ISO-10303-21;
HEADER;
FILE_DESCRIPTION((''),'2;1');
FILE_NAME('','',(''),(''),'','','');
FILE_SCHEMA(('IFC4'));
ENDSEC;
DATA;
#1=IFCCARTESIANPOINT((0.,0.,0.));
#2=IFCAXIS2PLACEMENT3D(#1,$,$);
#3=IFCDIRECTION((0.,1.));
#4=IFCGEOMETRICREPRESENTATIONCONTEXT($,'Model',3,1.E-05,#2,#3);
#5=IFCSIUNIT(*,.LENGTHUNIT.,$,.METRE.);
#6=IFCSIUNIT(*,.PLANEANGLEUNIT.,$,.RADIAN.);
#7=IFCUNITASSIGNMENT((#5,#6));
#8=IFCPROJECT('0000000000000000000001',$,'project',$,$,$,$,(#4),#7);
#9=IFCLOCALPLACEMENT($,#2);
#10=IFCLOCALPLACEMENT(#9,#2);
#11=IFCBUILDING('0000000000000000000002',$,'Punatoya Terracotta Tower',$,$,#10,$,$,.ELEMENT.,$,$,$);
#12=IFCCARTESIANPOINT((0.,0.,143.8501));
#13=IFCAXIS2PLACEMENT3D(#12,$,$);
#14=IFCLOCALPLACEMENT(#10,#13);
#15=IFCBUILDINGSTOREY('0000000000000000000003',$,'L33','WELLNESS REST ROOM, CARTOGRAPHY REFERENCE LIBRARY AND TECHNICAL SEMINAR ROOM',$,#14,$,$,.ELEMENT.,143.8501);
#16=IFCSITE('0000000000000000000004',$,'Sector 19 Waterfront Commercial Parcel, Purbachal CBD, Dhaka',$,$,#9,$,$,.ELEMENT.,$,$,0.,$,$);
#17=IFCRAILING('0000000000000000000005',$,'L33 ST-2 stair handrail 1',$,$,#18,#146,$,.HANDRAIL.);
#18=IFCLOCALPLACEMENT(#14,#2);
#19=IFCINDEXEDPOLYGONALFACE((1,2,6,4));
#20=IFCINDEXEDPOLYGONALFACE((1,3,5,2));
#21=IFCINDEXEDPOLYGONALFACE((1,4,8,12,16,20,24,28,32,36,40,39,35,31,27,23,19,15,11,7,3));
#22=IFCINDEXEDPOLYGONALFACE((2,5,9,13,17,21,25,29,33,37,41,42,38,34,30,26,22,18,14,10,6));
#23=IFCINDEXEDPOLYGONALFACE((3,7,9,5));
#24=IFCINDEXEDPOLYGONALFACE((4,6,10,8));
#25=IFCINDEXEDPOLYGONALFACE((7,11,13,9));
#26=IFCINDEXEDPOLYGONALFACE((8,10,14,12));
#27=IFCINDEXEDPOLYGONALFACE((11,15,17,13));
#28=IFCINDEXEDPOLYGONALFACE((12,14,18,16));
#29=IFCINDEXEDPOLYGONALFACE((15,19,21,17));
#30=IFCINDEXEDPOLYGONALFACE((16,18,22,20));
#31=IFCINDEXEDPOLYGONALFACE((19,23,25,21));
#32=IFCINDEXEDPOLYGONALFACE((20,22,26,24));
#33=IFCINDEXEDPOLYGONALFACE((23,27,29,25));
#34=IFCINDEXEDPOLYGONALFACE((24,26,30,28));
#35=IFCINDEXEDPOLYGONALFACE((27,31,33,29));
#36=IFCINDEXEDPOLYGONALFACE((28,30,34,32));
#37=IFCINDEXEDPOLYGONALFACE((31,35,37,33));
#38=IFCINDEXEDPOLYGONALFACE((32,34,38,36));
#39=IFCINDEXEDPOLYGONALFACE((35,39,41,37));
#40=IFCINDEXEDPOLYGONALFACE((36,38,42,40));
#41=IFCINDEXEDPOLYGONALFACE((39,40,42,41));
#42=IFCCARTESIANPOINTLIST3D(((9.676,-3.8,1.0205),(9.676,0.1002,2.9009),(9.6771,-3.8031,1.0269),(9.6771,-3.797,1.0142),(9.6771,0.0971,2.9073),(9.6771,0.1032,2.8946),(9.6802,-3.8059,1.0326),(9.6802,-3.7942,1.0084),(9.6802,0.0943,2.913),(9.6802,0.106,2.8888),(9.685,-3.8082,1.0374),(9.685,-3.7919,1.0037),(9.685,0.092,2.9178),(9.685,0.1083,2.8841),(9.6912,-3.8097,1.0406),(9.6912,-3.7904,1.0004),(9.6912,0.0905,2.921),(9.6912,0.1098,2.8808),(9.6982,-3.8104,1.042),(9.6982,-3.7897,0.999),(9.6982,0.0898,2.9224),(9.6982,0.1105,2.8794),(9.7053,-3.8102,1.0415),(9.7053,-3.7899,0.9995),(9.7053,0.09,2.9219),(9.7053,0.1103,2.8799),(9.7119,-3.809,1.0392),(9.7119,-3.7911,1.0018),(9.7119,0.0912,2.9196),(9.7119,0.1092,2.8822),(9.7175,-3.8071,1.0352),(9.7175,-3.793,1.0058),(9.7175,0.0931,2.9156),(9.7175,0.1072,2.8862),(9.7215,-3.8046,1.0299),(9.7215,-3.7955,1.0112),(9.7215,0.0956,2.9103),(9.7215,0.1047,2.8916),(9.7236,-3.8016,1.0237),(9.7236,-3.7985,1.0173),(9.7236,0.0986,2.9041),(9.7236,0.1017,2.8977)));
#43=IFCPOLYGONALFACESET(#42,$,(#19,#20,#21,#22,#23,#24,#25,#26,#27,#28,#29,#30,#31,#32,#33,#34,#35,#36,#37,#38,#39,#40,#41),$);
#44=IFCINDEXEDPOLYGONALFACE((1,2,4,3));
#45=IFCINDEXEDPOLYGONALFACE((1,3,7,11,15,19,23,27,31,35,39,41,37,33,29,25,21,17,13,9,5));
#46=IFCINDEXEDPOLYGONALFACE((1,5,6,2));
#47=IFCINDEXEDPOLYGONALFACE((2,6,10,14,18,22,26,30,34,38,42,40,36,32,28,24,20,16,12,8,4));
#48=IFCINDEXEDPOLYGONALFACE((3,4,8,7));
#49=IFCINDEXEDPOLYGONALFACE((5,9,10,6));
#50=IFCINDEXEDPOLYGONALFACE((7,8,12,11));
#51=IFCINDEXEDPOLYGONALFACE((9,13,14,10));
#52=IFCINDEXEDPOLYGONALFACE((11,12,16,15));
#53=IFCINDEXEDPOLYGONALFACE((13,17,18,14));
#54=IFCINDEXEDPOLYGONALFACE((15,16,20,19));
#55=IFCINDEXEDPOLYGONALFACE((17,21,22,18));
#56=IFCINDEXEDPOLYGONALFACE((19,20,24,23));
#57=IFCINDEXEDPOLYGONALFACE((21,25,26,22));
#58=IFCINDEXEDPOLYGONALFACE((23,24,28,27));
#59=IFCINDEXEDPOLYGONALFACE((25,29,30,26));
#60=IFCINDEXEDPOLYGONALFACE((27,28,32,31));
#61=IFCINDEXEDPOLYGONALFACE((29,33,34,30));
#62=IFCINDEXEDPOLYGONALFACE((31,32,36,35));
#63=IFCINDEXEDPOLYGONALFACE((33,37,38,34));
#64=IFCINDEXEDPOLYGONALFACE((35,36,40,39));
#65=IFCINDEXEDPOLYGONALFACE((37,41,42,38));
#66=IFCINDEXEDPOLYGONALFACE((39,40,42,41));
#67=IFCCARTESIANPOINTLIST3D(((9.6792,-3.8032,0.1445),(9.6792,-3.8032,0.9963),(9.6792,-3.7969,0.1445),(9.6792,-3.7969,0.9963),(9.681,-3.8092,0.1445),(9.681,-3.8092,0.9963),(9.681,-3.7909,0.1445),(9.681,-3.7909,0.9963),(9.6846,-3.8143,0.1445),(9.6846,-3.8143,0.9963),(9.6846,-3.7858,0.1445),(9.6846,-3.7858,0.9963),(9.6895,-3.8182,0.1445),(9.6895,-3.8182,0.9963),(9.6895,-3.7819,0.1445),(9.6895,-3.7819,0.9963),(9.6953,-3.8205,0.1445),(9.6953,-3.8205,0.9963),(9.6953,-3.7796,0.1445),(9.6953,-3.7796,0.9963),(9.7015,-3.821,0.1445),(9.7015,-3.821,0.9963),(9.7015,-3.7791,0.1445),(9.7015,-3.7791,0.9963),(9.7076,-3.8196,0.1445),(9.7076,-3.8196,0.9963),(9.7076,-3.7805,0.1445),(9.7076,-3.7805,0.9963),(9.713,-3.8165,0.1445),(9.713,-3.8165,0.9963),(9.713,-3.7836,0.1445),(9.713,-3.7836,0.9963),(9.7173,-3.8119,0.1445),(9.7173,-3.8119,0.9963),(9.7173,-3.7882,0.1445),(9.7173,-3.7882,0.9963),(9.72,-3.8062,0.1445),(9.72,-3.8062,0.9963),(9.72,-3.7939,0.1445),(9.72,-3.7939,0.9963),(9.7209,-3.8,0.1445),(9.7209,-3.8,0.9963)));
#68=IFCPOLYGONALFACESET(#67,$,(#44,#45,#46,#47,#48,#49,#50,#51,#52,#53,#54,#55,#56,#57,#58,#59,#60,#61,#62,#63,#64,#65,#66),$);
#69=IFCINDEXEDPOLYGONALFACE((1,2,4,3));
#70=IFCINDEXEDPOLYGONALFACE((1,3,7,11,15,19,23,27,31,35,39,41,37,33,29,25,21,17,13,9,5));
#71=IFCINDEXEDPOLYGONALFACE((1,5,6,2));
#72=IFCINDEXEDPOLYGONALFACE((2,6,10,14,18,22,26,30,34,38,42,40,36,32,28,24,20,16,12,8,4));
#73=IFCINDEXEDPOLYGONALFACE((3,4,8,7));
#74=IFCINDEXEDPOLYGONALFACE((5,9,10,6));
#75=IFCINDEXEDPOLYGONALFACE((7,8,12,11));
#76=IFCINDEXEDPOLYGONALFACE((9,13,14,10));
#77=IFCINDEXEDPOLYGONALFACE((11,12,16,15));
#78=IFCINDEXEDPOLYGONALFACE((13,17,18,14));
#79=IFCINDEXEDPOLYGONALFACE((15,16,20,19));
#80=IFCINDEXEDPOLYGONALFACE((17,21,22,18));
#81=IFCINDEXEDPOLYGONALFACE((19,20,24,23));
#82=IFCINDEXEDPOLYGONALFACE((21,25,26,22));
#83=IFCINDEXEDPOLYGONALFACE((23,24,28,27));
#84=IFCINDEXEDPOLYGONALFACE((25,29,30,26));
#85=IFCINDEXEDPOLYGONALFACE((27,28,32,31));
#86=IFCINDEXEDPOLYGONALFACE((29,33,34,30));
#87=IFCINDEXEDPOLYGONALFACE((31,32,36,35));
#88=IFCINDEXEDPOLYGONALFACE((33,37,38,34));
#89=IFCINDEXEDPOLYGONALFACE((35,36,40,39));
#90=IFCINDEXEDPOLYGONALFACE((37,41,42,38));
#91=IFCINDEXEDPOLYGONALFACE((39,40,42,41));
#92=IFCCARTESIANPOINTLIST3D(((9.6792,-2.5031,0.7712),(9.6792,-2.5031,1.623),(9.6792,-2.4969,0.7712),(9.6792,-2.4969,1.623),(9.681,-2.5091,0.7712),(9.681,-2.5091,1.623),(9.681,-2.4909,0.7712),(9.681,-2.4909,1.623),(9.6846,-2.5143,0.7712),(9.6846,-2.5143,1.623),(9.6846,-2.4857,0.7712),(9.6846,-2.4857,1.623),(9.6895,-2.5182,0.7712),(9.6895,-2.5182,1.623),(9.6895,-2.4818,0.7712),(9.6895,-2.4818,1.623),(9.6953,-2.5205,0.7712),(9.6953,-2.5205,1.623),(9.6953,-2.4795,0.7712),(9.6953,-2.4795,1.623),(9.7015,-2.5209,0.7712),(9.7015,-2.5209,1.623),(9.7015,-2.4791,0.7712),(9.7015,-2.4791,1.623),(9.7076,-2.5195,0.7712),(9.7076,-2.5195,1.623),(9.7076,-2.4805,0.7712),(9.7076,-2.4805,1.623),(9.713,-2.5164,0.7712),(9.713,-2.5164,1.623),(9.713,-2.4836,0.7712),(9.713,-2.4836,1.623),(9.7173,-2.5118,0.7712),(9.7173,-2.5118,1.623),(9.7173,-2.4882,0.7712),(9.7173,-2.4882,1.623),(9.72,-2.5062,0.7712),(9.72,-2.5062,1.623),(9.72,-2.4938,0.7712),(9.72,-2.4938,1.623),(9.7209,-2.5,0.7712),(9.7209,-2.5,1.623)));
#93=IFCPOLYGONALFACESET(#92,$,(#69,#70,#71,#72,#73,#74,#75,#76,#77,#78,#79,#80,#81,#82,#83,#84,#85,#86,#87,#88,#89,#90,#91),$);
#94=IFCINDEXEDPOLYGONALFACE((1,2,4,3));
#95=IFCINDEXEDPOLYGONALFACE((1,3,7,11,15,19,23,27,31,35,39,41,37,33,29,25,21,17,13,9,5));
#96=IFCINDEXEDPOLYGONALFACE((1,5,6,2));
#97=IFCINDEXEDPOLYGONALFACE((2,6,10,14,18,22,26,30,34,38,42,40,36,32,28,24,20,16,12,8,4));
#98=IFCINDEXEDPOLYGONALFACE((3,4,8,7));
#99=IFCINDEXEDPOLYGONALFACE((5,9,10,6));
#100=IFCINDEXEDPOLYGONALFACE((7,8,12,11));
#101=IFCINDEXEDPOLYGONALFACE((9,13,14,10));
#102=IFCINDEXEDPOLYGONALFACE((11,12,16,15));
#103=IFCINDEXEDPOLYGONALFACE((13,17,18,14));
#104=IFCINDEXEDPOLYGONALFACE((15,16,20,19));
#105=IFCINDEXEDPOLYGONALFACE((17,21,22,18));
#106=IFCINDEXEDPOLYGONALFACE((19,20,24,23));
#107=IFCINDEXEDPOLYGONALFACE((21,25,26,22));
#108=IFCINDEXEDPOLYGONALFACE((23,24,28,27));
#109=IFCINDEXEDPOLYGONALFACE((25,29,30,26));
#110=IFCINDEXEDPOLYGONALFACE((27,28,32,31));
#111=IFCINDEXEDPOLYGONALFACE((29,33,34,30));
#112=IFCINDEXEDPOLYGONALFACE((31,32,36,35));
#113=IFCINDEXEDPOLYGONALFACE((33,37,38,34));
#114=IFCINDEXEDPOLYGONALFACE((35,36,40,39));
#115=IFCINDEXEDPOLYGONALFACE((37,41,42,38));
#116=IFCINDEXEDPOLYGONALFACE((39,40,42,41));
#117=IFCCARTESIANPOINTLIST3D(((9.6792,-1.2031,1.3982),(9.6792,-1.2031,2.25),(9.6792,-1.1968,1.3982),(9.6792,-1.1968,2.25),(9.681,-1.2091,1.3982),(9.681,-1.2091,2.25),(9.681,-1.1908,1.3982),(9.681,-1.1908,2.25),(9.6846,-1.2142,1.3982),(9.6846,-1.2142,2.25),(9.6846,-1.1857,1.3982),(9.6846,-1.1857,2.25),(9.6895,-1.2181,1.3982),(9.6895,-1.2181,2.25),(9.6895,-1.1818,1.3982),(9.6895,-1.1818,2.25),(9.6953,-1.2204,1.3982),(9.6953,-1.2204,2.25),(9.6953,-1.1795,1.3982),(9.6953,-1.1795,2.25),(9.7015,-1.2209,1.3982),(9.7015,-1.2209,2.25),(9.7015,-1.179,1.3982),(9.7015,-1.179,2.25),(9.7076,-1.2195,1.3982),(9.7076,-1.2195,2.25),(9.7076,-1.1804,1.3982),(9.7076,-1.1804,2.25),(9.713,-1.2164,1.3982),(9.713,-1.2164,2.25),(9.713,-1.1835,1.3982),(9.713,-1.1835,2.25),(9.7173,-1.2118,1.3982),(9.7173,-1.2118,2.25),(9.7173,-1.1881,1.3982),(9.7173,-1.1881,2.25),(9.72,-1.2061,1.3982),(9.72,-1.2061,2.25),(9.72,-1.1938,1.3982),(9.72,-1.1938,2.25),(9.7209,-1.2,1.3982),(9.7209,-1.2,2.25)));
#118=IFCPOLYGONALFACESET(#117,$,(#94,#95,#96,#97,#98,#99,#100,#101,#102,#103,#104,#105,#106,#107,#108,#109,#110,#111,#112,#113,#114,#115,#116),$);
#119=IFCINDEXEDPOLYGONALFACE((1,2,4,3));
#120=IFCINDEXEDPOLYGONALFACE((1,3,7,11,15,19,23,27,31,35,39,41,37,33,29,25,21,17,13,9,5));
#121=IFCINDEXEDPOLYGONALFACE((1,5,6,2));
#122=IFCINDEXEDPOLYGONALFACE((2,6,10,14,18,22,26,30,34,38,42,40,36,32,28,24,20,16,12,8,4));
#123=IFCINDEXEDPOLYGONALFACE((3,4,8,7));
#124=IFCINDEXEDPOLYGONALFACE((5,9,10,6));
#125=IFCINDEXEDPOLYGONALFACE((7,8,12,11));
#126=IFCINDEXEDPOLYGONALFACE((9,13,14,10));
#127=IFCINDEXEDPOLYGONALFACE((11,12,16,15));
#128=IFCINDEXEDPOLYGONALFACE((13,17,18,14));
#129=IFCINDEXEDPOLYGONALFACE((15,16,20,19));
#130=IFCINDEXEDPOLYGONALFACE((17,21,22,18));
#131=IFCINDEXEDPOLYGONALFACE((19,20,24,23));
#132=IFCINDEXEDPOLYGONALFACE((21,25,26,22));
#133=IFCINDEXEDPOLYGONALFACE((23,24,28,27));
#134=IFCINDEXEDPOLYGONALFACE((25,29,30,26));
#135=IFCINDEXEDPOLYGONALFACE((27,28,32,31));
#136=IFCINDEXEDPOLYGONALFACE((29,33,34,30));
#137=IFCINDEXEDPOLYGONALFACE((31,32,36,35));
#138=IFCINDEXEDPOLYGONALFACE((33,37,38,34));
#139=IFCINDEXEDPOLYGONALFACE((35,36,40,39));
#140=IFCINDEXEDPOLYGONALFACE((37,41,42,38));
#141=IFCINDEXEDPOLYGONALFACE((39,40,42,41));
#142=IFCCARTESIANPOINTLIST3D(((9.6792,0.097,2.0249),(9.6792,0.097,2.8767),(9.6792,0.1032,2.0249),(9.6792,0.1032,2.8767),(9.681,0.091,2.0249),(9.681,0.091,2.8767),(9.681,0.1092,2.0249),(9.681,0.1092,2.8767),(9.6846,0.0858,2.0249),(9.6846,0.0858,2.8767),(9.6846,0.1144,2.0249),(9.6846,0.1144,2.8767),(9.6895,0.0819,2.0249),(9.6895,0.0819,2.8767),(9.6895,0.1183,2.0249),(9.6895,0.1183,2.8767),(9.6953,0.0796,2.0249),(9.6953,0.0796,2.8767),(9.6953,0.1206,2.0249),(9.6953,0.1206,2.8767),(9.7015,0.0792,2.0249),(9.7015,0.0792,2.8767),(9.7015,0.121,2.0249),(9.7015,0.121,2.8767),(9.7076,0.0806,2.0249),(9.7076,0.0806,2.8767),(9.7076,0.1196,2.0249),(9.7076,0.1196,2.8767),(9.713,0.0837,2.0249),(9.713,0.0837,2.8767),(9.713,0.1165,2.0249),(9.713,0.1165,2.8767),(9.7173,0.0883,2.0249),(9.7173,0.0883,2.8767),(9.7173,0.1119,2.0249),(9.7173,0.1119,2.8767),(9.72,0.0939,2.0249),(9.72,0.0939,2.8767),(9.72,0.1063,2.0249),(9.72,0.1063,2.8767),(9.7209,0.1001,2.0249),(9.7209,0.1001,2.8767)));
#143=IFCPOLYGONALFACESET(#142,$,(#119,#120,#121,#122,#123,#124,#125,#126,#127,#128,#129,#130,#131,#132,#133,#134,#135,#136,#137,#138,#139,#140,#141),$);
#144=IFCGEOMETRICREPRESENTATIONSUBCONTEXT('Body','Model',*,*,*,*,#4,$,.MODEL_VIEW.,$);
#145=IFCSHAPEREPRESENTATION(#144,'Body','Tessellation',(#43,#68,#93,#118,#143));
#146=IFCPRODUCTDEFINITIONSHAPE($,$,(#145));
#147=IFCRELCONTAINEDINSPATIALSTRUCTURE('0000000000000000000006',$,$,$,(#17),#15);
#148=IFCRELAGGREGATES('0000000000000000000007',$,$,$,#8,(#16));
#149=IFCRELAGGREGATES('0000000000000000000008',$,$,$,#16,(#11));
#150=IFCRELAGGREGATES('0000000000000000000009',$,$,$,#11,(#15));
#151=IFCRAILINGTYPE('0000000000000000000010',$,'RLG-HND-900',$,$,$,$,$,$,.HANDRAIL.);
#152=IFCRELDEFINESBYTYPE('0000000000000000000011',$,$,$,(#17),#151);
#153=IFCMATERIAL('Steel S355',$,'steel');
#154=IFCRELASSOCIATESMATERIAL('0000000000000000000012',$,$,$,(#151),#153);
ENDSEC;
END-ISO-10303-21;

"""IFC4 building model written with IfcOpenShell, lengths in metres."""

from ifc_helpers import new_model, si_unit, direction, frame, origin, origin_2d, place, context, subcontext, project, spatial, circle, extrude, material, type_object, element, save


model = new_model("IFC4")

# Units and contexts
model_context = context("Model", 3, precision=1e-05, world=origin(), true_north=direction((0.0, 1.0)))
body_context = subcontext(model_context, "Body", "Model", "MODEL_VIEW")
ifc_project = project(units=[si_unit("LENGTHUNIT", "METRE"), si_unit("PLANEANGLEUNIT", "RADIAN")], contexts=[model_context])

# Site, building, storey
site_placement = place(None, origin())
site = spatial("IfcSite", under=ifc_project, at=site_placement, Name="Sector 19 Waterfront Commercial Parcel, Purbachal CBD, Dhaka", CompositionType="ELEMENT", RefElevation=0.0)
building_placement = place(site_placement, origin())
building = spatial("IfcBuilding", under=site, at=building_placement, Name="Punatoya Terracotta Tower", CompositionType="ELEMENT")
storey_placement = place(building_placement, frame((0.0, 0.0, 143.8501)))
storey = spatial("IfcBuildingStorey", under=building, at=storey_placement, Name="L33", Description="WELLNESS REST ROOM, CARTOGRAPHY REFERENCE LIBRARY AND TECHNICAL SEMINAR ROOM", CompositionType="ELEMENT", Elevation=143.8501)

# Shared definitions
ifc_material_1 = material(Name="Steel S355", Category="steel")

# Railing
railing_type_1 = type_object("IfcRailingType", Name="RLG-HND-900", PredefinedType="HANDRAIL", material=ifc_material_1)
railing_1_placement = place(storey_placement, frame((9.7, -3.8, 0.1445)))
element("IfcRailing", 1, at=railing_1_placement, inside=storey, type_object=railing_type_1, Name="L33 ST-2 stair handrail 1", PredefinedType="HANDRAIL", context=body_context, shape_type="SweptSolid", body=[
    extrude(circle(Radius=0.0239, at=origin_2d()), frame((0.0, 0.0, 0.876), z_axis=(0.0, 0.900774, 0.434289), x_axis=(-1.0, 0.0, 0.0)), (0.0, 0.0, 1.0), 4.3298),
    extrude(circle(Radius=0.021, at=origin_2d()), origin(), (0.0, 0.0, 1.0), 0.8518),
    extrude(circle(Radius=0.021, at=origin_2d()), frame((0.0, 1.3, 0.6267)), (0.0, 0.0, 1.0), 0.8518),
    extrude(circle(Radius=0.021, at=origin_2d()), frame((0.0, 2.6001, 1.2537)), (0.0, 0.0, 1.0), 0.8518),
    extrude(circle(Radius=0.021, at=origin_2d()), frame((0.0, 3.9001, 1.8804)), (0.0, 0.0, 1.0), 0.8518),
])

save(model, "model.ifc")
